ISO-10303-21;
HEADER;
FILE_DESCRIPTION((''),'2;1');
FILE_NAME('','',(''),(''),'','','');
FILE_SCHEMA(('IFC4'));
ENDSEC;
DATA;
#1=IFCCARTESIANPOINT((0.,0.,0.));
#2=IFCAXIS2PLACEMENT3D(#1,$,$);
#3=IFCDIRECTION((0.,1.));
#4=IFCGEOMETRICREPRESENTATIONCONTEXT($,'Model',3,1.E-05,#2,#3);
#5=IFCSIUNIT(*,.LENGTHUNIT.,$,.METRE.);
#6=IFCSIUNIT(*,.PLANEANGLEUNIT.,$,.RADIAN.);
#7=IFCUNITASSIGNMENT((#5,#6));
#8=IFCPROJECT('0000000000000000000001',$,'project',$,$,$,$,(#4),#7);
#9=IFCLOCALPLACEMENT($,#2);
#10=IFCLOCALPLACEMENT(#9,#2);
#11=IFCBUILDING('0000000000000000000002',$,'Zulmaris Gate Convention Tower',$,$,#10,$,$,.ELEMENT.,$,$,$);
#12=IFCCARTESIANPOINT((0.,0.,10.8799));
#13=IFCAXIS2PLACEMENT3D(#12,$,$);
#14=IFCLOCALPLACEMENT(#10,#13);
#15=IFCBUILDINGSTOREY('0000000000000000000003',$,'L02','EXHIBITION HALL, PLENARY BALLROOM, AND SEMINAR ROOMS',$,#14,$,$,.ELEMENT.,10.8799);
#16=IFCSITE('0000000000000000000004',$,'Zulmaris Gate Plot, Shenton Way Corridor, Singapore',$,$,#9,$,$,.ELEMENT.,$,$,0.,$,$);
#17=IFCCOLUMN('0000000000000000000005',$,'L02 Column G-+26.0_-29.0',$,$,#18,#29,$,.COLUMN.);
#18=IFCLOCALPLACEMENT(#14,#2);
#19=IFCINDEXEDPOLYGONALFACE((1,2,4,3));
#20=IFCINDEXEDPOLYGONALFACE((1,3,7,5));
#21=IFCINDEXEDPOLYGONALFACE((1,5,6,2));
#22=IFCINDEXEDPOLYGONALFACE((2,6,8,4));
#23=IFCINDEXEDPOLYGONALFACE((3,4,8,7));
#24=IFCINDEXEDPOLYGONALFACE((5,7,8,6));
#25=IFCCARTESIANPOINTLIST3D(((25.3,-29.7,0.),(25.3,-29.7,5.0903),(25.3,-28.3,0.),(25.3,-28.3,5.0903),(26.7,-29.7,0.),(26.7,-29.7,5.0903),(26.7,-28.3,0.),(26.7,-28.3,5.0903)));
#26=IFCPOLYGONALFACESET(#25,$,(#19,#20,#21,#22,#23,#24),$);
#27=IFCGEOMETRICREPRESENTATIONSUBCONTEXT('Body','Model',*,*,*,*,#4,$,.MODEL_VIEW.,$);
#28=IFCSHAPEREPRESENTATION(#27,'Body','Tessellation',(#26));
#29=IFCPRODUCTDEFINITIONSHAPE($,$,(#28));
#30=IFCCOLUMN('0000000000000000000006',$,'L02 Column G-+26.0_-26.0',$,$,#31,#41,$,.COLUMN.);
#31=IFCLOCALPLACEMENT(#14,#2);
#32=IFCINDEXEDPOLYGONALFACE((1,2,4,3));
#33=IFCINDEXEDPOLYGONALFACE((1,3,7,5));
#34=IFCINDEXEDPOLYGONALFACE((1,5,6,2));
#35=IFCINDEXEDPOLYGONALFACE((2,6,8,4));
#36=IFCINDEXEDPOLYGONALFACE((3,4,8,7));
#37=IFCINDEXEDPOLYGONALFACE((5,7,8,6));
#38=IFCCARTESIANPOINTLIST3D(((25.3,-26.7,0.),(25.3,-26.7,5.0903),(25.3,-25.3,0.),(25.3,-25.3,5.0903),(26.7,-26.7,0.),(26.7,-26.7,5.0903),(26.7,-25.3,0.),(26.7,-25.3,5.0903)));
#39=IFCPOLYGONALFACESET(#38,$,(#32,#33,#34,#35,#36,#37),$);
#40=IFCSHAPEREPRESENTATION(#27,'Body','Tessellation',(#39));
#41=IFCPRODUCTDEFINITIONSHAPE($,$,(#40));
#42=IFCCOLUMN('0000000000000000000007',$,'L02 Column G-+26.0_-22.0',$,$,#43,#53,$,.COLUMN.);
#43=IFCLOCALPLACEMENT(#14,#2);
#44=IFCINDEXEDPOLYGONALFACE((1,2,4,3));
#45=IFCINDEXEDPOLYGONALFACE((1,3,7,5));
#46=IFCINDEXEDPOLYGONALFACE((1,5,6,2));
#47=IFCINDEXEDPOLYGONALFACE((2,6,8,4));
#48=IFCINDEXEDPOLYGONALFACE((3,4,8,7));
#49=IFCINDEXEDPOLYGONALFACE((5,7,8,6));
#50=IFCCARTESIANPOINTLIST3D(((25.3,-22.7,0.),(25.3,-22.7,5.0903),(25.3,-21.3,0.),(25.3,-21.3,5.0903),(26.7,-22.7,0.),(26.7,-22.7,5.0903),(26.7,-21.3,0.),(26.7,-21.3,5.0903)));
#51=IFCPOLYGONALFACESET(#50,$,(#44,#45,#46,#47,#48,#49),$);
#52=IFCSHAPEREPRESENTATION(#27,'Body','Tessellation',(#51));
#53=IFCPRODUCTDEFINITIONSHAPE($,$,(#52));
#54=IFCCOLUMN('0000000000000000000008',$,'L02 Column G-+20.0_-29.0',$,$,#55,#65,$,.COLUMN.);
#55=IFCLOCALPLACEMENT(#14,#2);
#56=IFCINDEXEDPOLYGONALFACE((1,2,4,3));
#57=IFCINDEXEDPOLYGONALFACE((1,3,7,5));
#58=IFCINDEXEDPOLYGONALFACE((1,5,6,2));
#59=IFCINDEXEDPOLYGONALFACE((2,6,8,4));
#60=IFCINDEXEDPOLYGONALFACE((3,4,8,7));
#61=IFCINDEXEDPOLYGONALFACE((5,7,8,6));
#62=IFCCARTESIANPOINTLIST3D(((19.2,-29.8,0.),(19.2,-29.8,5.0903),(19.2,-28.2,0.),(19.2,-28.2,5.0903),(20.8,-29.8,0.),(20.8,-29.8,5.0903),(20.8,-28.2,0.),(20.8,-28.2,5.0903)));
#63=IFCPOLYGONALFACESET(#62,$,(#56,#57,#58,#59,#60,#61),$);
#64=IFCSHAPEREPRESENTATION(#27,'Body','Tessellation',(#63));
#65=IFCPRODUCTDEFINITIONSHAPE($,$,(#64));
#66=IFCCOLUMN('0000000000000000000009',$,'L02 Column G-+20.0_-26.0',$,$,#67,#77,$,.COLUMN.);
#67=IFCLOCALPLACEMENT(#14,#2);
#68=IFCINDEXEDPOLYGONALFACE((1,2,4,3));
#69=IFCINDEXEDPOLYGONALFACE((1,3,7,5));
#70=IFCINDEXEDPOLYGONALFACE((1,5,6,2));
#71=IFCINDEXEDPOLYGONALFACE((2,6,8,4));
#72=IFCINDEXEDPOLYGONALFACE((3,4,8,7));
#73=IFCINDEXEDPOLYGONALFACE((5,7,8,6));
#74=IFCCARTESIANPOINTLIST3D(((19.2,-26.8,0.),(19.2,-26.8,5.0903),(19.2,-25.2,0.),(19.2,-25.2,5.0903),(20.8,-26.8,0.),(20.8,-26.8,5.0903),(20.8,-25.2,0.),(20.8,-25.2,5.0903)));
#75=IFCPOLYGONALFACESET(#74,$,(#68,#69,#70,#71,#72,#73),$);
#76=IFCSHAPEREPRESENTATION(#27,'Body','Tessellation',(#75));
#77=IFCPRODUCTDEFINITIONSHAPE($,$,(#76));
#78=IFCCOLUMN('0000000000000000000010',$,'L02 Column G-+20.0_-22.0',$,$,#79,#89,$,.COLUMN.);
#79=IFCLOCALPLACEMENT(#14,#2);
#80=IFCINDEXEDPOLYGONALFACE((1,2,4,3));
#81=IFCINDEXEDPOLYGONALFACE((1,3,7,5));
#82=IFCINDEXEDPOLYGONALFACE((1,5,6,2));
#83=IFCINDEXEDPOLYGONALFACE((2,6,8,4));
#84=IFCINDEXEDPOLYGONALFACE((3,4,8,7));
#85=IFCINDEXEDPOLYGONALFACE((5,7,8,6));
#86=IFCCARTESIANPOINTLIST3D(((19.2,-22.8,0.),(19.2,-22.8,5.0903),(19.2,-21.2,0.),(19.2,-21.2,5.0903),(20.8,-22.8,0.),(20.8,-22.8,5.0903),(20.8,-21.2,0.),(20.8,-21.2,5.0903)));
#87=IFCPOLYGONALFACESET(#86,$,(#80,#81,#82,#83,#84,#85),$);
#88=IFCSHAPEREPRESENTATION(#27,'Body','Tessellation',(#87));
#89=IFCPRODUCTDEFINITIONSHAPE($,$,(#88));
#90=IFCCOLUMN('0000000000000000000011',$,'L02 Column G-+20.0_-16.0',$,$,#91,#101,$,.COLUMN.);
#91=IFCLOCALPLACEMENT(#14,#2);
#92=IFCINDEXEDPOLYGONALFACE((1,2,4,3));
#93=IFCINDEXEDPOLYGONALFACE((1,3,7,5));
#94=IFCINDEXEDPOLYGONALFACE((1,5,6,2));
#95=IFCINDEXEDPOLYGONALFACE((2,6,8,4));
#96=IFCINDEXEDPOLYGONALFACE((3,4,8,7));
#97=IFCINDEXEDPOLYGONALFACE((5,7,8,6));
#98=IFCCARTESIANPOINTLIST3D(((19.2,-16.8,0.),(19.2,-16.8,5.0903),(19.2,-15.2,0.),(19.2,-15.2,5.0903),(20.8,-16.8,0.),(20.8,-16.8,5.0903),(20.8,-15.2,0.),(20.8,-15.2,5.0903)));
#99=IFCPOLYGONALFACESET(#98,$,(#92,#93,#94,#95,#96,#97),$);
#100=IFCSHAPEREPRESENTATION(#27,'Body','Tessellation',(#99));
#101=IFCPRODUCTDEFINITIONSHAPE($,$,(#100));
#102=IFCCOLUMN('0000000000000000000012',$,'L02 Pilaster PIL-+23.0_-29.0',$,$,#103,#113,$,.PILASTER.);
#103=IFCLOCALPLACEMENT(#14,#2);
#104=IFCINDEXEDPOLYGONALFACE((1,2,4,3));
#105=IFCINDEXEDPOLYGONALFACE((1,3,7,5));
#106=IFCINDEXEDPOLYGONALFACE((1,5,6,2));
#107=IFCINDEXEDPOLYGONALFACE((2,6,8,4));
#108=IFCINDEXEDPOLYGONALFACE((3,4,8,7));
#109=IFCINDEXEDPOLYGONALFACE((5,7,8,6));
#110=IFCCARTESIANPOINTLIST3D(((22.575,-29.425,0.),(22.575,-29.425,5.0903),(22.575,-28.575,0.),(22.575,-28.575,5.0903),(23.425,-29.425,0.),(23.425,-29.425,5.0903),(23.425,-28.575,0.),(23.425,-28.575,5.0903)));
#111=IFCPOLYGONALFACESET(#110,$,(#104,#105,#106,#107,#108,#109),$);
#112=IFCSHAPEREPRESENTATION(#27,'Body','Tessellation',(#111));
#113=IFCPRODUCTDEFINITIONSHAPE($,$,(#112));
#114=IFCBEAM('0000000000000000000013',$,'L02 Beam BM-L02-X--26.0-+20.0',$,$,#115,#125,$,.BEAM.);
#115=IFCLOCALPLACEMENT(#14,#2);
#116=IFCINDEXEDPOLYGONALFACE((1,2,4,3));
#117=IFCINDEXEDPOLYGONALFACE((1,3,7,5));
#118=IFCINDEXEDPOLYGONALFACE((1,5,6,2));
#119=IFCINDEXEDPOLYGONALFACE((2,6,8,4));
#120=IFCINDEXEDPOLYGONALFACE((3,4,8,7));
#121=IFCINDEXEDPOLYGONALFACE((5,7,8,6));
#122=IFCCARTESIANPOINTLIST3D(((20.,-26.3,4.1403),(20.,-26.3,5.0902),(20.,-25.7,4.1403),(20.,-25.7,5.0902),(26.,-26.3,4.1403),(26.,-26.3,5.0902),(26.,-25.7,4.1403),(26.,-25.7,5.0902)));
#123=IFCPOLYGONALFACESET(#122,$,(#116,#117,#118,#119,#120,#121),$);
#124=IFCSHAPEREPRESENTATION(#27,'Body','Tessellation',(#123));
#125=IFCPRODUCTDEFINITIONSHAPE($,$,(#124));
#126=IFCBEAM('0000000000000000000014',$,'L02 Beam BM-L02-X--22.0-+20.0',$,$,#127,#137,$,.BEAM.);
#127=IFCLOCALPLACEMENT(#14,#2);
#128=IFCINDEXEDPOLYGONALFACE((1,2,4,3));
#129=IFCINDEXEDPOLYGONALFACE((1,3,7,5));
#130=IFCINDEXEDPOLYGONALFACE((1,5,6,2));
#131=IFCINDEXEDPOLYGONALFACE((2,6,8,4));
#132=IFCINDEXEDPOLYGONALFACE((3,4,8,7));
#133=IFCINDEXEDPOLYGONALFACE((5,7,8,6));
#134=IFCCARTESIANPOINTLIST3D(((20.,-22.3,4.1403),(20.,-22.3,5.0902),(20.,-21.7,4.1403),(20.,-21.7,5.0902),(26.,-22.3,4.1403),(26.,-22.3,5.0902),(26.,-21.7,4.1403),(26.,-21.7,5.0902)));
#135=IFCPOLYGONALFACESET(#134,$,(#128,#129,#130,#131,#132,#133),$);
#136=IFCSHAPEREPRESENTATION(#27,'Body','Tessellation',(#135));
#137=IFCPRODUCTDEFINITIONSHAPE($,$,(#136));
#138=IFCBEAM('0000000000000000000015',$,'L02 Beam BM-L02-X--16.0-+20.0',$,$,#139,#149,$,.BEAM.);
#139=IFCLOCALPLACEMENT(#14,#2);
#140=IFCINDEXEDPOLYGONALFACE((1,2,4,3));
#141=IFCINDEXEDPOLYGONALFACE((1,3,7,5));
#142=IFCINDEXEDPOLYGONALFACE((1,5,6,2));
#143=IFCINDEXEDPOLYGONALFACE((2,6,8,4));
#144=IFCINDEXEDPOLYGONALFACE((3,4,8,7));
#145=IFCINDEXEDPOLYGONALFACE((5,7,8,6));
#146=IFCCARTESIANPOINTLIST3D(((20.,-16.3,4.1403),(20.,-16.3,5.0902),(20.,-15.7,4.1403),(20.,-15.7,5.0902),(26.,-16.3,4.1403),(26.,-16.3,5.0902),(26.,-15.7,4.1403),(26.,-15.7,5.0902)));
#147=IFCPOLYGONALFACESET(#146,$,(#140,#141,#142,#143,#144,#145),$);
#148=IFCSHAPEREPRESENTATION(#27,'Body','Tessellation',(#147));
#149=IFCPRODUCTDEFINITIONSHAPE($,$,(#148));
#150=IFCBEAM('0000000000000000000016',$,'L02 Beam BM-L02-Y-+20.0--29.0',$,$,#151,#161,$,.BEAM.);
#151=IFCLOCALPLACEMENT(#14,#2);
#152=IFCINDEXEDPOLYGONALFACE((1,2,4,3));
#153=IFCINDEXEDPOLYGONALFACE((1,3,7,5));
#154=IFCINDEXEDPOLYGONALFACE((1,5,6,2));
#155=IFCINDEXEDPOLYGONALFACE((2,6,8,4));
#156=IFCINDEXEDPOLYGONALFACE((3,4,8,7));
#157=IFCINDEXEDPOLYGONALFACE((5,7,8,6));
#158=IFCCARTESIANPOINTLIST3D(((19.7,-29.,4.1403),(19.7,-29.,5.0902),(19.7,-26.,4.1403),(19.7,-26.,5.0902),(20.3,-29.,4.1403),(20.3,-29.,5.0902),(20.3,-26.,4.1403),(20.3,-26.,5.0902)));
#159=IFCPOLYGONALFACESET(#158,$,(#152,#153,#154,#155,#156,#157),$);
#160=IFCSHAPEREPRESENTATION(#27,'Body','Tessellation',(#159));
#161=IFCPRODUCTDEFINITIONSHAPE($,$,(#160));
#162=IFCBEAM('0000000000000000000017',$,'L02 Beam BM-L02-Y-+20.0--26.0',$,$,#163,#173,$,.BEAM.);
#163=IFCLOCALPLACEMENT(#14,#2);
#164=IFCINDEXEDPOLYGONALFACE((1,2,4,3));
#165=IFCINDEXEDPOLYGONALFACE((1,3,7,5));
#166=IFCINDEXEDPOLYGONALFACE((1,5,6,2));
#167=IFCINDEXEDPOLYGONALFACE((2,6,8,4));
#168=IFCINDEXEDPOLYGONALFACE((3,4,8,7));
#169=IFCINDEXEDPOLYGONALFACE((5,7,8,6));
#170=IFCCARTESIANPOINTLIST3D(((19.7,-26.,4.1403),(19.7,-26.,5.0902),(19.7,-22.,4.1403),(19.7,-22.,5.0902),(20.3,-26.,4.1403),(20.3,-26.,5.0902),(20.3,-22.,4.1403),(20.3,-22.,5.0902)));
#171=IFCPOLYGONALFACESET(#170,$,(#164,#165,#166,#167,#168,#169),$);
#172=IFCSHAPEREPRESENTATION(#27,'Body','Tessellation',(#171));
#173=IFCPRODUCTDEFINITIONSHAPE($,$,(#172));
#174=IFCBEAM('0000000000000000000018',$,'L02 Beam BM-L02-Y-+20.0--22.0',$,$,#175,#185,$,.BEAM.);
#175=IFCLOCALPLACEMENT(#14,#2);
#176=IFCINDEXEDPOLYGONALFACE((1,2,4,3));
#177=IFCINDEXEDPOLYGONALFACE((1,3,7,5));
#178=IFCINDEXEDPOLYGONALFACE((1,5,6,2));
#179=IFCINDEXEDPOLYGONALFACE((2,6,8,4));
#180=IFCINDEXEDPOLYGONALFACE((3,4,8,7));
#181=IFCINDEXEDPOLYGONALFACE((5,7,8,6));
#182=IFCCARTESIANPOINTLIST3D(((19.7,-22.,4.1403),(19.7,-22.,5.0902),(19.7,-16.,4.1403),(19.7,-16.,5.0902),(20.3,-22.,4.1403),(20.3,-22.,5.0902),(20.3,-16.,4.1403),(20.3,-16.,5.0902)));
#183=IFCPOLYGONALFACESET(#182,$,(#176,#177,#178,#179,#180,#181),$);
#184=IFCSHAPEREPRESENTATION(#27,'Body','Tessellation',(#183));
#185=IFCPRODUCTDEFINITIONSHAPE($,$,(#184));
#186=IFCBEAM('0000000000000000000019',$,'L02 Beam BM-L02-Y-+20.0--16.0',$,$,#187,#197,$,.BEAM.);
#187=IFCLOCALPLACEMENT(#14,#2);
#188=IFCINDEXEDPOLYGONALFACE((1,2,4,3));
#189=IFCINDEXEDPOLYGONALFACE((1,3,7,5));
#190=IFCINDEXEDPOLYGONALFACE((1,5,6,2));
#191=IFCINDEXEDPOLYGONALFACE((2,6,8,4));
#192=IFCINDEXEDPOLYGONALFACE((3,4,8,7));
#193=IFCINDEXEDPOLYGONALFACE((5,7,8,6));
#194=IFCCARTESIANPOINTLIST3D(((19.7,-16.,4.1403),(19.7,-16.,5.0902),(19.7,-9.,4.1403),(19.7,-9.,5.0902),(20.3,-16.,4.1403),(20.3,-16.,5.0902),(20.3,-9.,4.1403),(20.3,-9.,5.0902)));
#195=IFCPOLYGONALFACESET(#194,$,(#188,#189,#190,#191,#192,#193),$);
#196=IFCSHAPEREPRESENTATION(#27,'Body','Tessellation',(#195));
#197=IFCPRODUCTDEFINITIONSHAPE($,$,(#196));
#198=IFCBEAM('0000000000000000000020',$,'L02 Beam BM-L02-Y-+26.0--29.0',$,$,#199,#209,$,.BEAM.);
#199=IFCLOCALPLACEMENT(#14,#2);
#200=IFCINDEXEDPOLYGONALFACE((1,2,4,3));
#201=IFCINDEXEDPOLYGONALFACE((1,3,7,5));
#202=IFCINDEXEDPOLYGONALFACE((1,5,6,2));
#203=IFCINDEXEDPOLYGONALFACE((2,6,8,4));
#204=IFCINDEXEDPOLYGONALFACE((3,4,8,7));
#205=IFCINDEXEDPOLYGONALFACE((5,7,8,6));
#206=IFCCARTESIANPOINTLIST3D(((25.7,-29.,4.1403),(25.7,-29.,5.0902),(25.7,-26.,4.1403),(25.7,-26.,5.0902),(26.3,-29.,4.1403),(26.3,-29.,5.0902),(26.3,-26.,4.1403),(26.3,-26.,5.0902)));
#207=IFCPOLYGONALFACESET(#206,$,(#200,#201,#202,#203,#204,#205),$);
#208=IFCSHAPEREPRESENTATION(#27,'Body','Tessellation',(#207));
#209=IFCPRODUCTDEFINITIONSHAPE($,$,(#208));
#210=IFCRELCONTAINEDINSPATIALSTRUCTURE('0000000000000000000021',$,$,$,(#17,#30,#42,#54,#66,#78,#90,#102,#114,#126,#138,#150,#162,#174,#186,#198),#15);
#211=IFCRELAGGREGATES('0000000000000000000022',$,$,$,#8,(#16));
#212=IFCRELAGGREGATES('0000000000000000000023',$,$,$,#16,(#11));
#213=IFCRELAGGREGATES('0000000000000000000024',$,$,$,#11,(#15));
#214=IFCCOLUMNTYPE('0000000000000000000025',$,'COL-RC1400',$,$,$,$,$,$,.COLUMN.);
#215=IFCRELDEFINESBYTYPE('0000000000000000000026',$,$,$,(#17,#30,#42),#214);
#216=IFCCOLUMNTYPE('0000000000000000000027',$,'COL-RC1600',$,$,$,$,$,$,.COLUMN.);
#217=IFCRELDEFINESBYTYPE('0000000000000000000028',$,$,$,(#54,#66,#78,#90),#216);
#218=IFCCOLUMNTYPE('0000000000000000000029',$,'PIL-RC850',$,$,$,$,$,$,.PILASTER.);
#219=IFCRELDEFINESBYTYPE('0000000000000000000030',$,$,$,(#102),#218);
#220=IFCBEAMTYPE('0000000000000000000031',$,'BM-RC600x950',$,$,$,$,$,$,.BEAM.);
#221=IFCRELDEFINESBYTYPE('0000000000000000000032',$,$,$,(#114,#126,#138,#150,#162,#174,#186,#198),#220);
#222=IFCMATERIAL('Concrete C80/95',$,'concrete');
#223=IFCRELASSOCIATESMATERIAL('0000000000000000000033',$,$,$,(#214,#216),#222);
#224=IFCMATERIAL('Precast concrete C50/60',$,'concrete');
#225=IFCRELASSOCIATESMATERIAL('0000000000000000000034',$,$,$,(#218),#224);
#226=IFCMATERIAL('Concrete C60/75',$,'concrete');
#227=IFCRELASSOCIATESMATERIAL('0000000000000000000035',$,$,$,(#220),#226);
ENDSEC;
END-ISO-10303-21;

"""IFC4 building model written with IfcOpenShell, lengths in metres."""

from ifc_helpers import new_model, si_unit, direction, frame, origin, origin_2d, place, context, subcontext, project, spatial, rectangle, extrude, material, material_profile, profile_set, type_object, element, save


model = new_model("IFC4")

# Units and contexts
model_context = context("Model", 3, precision=1e-05, world=origin(), true_north=direction((0.0, 1.0)))
body_context = subcontext(model_context, "Body", "Model", "MODEL_VIEW")
ifc_project = project(units=[si_unit("LENGTHUNIT", "METRE"), si_unit("PLANEANGLEUNIT", "RADIAN")], contexts=[model_context])

# Site, building, storey
site_placement = place(None, origin())
site = spatial("IfcSite", under=ifc_project, at=site_placement, Name="Zulmaris Gate Plot, Shenton Way Corridor, Singapore", CompositionType="ELEMENT", RefElevation=0.0)
building_placement = place(site_placement, origin())
building = spatial("IfcBuilding", under=site, at=building_placement, Name="Zulmaris Gate Convention Tower", CompositionType="ELEMENT")
storey_placement = place(building_placement, frame((0.0, 0.0, 10.8799)))
storey = spatial("IfcBuildingStorey", under=building, at=storey_placement, Name="L02", Description="EXHIBITION HALL, PLENARY BALLROOM, AND SEMINAR ROOMS", CompositionType="ELEMENT", Elevation=10.8799)

# Columns
ifc_material_1 = material(Name="Concrete C80/95", Category="concrete")
ifc_material_profile_1 = material_profile(ifc_material_1, rectangle(XDim=1.3999, YDim=1.3999, at=origin_2d()), Name="RC COL 1400x1400")
ifc_profile_set_1 = profile_set([ifc_material_profile_1], Name="Concrete C80/95")
column_type_1 = type_object("IfcColumnType", Name="COL-RC1400", PredefinedType="COLUMN", material=ifc_profile_set_1)
for number, where, z_axis, x_axis, name in (
    (1, (26.0, -29.0, 0.0), (0.0, 0.0, 1.0), (1.0, 0.0, 0.0), "L02 Column G-+26.0_-29.0"),
    (2, (26.0, -26.0, 0.0), (0.0, 0.0, 1.0), (1.0, 0.0, 0.0), "L02 Column G-+26.0_-26.0"),
    (3, (26.0, -22.0, 0.0), (0.0, 0.0, 1.0), (1.0, 0.0, 0.0), "L02 Column G-+26.0_-22.0"),
):
    element("IfcColumn", number, at=place(storey_placement, frame(where, z_axis=z_axis, x_axis=x_axis)), inside=storey, type_object=column_type_1, Name=name, PredefinedType="COLUMN", context=body_context, shape_type="SweptSolid", body=[
        extrude(rectangle(XDim=1.3999, YDim=1.3999, at=origin_2d()), origin(), (0.0, 0.0, 1.0), 5.0903),
    ])
ifc_material_profile_2 = material_profile(ifc_material_1, rectangle(XDim=1.6001, YDim=1.6001, at=origin_2d()), Name="RC COL 1600x1600")
ifc_profile_set_2 = profile_set([ifc_material_profile_2], Name="Concrete C80/95")
column_type_2 = type_object("IfcColumnType", Name="COL-RC1600", PredefinedType="COLUMN", material=ifc_profile_set_2)
for number, where, z_axis, x_axis, name in (
    (4, (20.0, -29.0, 0.0), (0.0, 0.0, 1.0), (1.0, 0.0, 0.0), "L02 Column G-+20.0_-29.0"),
    (5, (20.0, -26.0, 0.0), (0.0, 0.0, 1.0), (1.0, 0.0, 0.0), "L02 Column G-+20.0_-26.0"),
    (6, (20.0, -22.0, 0.0), (0.0, 0.0, 1.0), (1.0, 0.0, 0.0), "L02 Column G-+20.0_-22.0"),
    (7, (20.0, -16.0, 0.0), (0.0, 0.0, 1.0), (1.0, 0.0, 0.0), "L02 Column G-+20.0_-16.0"),
):
    element("IfcColumn", number, at=place(storey_placement, frame(where, z_axis=z_axis, x_axis=x_axis)), inside=storey, type_object=column_type_2, Name=name, PredefinedType="COLUMN", context=body_context, shape_type="SweptSolid", body=[
        extrude(rectangle(XDim=1.6001, YDim=1.6001, at=origin_2d()), origin(), (0.0, 0.0, 1.0), 5.0903),
    ])
ifc_material_2 = material(Name="Precast concrete C50/60", Category="concrete")
ifc_material_profile_3 = material_profile(ifc_material_2, rectangle(XDim=0.8501, YDim=0.8501, at=origin_2d()), Name="RC COL 850x850")
ifc_profile_set_3 = profile_set([ifc_material_profile_3], Name="Precast concrete C50/60")
column_type_3 = type_object("IfcColumnType", Name="PIL-RC850", PredefinedType="PILASTER", material=ifc_profile_set_3)
column_placement = place(storey_placement, frame((23.0, -29.0, 0.0), z_axis=(0.0, 0.0, 1.0), x_axis=(1.0, 0.0, 0.0)))
element("IfcColumn", 8, at=column_placement, inside=storey, type_object=column_type_3, Name="L02 Pilaster PIL-+23.0_-29.0", PredefinedType="PILASTER", context=body_context, shape_type="SweptSolid", body=[
    extrude(rectangle(XDim=0.8501, YDim=0.8501, at=origin_2d()), origin(), (0.0, 0.0, 1.0), 5.0903),
])

# Beams
ifc_material_3 = material(Name="Concrete C60/75", Category="concrete")
ifc_material_profile_4 = material_profile(ifc_material_3, rectangle(XDim=0.6001, YDim=0.95, at=origin_2d()), Name="RC BEAM 600x950")
ifc_profile_set_4 = profile_set([ifc_material_profile_4], Name="Concrete C60/75")
beam_type_1 = type_object("IfcBeamType", Name="BM-RC600x950", PredefinedType="BEAM", material=ifc_profile_set_4)
for number, where, z_axis, x_axis, name in (
    (9, (20.0, -26.0, 4.6152), (1.0, 0.0, 0.0), (0.0, 1.0, 0.0), "L02 Beam BM-L02-X--26.0-+20.0"),
    (10, (20.0, -22.0, 4.6152), (1.0, 0.0, 0.0), (0.0, 1.0, 0.0), "L02 Beam BM-L02-X--22.0-+20.0"),
    (11, (20.0, -16.0, 4.6152), (1.0, 0.0, 0.0), (0.0, 1.0, 0.0), "L02 Beam BM-L02-X--16.0-+20.0"),
):
    element("IfcBeam", number, at=place(storey_placement, frame(where, z_axis=z_axis, x_axis=x_axis)), inside=storey, type_object=beam_type_1, Name=name, PredefinedType="BEAM", context=body_context, shape_type="SweptSolid", body=[
        extrude(rectangle(XDim=0.6001, YDim=0.95, at=origin_2d()), origin(), (0.0, 0.0, 1.0), 6.0),
    ])
beam_1_placement = place(storey_placement, frame((20.0, -29.0, 4.6152), z_axis=(0.0, 1.0, 0.0), x_axis=(-1.0, 0.0, 0.0)))
element("IfcBeam", 12, at=beam_1_placement, inside=storey, type_object=beam_type_1, Name="L02 Beam BM-L02-Y-+20.0--29.0", PredefinedType="BEAM", context=body_context, shape_type="SweptSolid", body=[
    extrude(rectangle(XDim=0.6001, YDim=0.95, at=origin_2d()), origin(), (0.0, 0.0, 1.0), 3.0),
])
beam_2_placement = place(storey_placement, frame((20.0, -26.0, 4.6152), z_axis=(0.0, 1.0, 0.0), x_axis=(-1.0, 0.0, 0.0)))
element("IfcBeam", 13, at=beam_2_placement, inside=storey, type_object=beam_type_1, Name="L02 Beam BM-L02-Y-+20.0--26.0", PredefinedType="BEAM", context=body_context, shape_type="SweptSolid", body=[
    extrude(rectangle(XDim=0.6001, YDim=0.95, at=origin_2d()), origin(), (0.0, 0.0, 1.0), 4.0),
])
beam_3_placement = place(storey_placement, frame((20.0, -22.0, 4.6152), z_axis=(0.0, 1.0, 0.0), x_axis=(-1.0, 0.0, 0.0)))
element("IfcBeam", 14, at=beam_3_placement, inside=storey, type_object=beam_type_1, Name="L02 Beam BM-L02-Y-+20.0--22.0", PredefinedType="BEAM", context=body_context, shape_type="SweptSolid", body=[
    extrude(rectangle(XDim=0.6001, YDim=0.95, at=origin_2d()), origin(), (0.0, 0.0, 1.0), 6.0),
])
beam_4_placement = place(storey_placement, frame((20.0, -16.0, 4.6152), z_axis=(0.0, 1.0, 0.0), x_axis=(-1.0, 0.0, 0.0)))
element("IfcBeam", 15, at=beam_4_placement, inside=storey, type_object=beam_type_1, Name="L02 Beam BM-L02-Y-+20.0--16.0", PredefinedType="BEAM", context=body_context, shape_type="SweptSolid", body=[
    extrude(rectangle(XDim=0.6001, YDim=0.95, at=origin_2d()), origin(), (0.0, 0.0, 1.0), 7.0),
])
beam_5_placement = place(storey_placement, frame((26.0, -29.0, 4.6152), z_axis=(0.0, 1.0, 0.0), x_axis=(-1.0, 0.0, 0.0)))
element("IfcBeam", 16, at=beam_5_placement, inside=storey, type_object=beam_type_1, Name="L02 Beam BM-L02-Y-+26.0--29.0", PredefinedType="BEAM", context=body_context, shape_type="SweptSolid", body=[
    extrude(rectangle(XDim=0.6001, YDim=0.95, at=origin_2d()), origin(), (0.0, 0.0, 1.0), 3.0),
])

save(model, "model.ifc")
